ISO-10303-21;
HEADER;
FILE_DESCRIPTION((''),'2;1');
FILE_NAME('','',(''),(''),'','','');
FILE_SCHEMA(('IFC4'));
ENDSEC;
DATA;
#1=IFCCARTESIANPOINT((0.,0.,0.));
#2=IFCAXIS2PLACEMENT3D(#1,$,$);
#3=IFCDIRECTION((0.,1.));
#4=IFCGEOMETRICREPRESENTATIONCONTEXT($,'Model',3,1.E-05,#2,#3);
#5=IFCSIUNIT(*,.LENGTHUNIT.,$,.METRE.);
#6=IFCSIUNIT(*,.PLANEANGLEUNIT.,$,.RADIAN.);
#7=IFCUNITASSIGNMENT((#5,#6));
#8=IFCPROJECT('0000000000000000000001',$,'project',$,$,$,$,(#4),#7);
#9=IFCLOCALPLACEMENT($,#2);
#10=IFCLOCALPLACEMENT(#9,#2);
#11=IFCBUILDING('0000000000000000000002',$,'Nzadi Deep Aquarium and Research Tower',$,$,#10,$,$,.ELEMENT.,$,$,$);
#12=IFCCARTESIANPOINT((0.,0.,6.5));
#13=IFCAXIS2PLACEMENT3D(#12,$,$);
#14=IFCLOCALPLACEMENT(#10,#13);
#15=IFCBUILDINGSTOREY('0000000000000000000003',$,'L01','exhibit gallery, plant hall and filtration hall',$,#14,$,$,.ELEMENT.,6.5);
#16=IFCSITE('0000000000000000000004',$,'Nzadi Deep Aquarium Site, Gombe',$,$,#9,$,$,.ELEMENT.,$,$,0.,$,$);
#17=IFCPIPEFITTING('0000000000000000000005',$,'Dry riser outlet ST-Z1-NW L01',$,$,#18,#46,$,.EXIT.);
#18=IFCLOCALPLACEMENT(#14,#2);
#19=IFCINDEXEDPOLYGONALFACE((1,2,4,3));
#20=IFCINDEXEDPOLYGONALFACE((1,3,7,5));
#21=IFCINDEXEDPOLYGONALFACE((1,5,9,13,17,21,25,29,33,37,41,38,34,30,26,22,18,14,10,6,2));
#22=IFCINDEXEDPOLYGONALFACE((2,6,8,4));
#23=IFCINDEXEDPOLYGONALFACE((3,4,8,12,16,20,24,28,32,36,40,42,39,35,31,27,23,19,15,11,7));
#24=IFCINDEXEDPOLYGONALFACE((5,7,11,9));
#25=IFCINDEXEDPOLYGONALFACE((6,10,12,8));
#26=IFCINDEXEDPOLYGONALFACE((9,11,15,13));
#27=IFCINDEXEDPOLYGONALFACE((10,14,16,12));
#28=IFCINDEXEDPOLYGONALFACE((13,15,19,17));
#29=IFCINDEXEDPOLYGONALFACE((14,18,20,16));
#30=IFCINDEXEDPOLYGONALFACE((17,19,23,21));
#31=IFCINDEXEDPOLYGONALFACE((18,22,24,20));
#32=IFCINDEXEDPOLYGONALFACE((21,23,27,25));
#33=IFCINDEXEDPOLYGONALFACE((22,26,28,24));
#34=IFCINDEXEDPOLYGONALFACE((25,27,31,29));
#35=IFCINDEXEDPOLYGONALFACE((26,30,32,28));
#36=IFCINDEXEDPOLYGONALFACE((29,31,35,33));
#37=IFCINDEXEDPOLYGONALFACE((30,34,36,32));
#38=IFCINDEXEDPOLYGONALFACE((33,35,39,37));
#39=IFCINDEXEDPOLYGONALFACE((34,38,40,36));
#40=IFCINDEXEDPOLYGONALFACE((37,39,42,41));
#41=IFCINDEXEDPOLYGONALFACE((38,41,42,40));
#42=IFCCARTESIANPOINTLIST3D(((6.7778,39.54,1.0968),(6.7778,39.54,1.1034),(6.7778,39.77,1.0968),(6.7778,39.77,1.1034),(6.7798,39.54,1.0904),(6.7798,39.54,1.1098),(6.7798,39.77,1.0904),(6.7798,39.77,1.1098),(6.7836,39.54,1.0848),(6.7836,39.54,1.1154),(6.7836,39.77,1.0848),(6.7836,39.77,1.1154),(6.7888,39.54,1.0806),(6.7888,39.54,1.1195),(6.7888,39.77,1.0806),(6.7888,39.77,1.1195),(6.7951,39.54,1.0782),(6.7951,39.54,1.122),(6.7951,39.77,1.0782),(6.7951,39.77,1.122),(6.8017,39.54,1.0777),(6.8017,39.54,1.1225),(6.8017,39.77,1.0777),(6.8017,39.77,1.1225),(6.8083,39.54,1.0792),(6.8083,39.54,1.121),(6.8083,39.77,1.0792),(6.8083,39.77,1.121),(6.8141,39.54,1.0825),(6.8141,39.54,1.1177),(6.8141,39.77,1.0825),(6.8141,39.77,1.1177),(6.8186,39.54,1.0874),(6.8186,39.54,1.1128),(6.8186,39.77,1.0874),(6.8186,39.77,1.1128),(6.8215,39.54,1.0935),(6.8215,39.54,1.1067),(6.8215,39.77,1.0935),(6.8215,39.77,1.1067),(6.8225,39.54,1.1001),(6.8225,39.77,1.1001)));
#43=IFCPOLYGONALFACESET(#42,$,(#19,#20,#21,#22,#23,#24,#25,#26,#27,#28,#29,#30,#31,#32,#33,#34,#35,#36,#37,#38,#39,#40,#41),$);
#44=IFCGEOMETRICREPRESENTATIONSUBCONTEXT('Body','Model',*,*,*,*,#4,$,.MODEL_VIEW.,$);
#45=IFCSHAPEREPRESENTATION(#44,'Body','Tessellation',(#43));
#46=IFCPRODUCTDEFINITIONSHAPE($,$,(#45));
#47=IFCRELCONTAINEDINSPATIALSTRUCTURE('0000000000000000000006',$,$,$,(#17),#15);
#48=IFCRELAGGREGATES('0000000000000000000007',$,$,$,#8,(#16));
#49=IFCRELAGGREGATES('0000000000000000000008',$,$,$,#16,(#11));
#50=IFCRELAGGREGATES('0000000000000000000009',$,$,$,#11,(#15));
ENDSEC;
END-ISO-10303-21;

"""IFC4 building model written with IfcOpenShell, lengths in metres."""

from ifc_helpers import new_model, si_unit, direction, frame, origin, origin_2d, place, context, subcontext, project, spatial, circle, extrude, element, save


model = new_model("IFC4")

# Units and contexts
model_context = context("Model", 3, precision=1e-05, world=origin(), true_north=direction((0.0, 1.0)))
body_context = subcontext(model_context, "Body", "Model", "MODEL_VIEW")
ifc_project = project(units=[si_unit("LENGTHUNIT", "METRE"), si_unit("PLANEANGLEUNIT", "RADIAN")], contexts=[model_context])

# Site, building, storey
site_placement = place(None, origin())
site = spatial("IfcSite", under=ifc_project, at=site_placement, Name="Nzadi Deep Aquarium Site, Gombe", CompositionType="ELEMENT", RefElevation=0.0)
building_placement = place(site_placement, origin())
building = spatial("IfcBuilding", under=site, at=building_placement, Name="Nzadi Deep Aquarium and Research Tower", CompositionType="ELEMENT")
storey_placement = place(building_placement, frame((0.0, 0.0, 6.5)))
storey = spatial("IfcBuildingStorey", under=building, at=storey_placement, Name="L01", Description="exhibit gallery, plant hall and filtration hall", CompositionType="ELEMENT", Elevation=6.5)

# Pipe fitting
pipe_fitting_placement = place(storey_placement, frame((6.8, 39.77, 1.1001), z_axis=(0.0, -1.0, 0.0), x_axis=(1.0, 0.0, 0.0)))
element("IfcPipeFitting", 1, at=pipe_fitting_placement, inside=storey, Name="Dry riser outlet ST-Z1-NW L01", PredefinedType="EXIT", context=body_context, shape_type="SweptSolid", body=[
    extrude(circle(Radius=0.0225, at=origin_2d()), origin(), (0.0, 0.0, 1.0), 0.23),
])

save(model, "model.ifc")
